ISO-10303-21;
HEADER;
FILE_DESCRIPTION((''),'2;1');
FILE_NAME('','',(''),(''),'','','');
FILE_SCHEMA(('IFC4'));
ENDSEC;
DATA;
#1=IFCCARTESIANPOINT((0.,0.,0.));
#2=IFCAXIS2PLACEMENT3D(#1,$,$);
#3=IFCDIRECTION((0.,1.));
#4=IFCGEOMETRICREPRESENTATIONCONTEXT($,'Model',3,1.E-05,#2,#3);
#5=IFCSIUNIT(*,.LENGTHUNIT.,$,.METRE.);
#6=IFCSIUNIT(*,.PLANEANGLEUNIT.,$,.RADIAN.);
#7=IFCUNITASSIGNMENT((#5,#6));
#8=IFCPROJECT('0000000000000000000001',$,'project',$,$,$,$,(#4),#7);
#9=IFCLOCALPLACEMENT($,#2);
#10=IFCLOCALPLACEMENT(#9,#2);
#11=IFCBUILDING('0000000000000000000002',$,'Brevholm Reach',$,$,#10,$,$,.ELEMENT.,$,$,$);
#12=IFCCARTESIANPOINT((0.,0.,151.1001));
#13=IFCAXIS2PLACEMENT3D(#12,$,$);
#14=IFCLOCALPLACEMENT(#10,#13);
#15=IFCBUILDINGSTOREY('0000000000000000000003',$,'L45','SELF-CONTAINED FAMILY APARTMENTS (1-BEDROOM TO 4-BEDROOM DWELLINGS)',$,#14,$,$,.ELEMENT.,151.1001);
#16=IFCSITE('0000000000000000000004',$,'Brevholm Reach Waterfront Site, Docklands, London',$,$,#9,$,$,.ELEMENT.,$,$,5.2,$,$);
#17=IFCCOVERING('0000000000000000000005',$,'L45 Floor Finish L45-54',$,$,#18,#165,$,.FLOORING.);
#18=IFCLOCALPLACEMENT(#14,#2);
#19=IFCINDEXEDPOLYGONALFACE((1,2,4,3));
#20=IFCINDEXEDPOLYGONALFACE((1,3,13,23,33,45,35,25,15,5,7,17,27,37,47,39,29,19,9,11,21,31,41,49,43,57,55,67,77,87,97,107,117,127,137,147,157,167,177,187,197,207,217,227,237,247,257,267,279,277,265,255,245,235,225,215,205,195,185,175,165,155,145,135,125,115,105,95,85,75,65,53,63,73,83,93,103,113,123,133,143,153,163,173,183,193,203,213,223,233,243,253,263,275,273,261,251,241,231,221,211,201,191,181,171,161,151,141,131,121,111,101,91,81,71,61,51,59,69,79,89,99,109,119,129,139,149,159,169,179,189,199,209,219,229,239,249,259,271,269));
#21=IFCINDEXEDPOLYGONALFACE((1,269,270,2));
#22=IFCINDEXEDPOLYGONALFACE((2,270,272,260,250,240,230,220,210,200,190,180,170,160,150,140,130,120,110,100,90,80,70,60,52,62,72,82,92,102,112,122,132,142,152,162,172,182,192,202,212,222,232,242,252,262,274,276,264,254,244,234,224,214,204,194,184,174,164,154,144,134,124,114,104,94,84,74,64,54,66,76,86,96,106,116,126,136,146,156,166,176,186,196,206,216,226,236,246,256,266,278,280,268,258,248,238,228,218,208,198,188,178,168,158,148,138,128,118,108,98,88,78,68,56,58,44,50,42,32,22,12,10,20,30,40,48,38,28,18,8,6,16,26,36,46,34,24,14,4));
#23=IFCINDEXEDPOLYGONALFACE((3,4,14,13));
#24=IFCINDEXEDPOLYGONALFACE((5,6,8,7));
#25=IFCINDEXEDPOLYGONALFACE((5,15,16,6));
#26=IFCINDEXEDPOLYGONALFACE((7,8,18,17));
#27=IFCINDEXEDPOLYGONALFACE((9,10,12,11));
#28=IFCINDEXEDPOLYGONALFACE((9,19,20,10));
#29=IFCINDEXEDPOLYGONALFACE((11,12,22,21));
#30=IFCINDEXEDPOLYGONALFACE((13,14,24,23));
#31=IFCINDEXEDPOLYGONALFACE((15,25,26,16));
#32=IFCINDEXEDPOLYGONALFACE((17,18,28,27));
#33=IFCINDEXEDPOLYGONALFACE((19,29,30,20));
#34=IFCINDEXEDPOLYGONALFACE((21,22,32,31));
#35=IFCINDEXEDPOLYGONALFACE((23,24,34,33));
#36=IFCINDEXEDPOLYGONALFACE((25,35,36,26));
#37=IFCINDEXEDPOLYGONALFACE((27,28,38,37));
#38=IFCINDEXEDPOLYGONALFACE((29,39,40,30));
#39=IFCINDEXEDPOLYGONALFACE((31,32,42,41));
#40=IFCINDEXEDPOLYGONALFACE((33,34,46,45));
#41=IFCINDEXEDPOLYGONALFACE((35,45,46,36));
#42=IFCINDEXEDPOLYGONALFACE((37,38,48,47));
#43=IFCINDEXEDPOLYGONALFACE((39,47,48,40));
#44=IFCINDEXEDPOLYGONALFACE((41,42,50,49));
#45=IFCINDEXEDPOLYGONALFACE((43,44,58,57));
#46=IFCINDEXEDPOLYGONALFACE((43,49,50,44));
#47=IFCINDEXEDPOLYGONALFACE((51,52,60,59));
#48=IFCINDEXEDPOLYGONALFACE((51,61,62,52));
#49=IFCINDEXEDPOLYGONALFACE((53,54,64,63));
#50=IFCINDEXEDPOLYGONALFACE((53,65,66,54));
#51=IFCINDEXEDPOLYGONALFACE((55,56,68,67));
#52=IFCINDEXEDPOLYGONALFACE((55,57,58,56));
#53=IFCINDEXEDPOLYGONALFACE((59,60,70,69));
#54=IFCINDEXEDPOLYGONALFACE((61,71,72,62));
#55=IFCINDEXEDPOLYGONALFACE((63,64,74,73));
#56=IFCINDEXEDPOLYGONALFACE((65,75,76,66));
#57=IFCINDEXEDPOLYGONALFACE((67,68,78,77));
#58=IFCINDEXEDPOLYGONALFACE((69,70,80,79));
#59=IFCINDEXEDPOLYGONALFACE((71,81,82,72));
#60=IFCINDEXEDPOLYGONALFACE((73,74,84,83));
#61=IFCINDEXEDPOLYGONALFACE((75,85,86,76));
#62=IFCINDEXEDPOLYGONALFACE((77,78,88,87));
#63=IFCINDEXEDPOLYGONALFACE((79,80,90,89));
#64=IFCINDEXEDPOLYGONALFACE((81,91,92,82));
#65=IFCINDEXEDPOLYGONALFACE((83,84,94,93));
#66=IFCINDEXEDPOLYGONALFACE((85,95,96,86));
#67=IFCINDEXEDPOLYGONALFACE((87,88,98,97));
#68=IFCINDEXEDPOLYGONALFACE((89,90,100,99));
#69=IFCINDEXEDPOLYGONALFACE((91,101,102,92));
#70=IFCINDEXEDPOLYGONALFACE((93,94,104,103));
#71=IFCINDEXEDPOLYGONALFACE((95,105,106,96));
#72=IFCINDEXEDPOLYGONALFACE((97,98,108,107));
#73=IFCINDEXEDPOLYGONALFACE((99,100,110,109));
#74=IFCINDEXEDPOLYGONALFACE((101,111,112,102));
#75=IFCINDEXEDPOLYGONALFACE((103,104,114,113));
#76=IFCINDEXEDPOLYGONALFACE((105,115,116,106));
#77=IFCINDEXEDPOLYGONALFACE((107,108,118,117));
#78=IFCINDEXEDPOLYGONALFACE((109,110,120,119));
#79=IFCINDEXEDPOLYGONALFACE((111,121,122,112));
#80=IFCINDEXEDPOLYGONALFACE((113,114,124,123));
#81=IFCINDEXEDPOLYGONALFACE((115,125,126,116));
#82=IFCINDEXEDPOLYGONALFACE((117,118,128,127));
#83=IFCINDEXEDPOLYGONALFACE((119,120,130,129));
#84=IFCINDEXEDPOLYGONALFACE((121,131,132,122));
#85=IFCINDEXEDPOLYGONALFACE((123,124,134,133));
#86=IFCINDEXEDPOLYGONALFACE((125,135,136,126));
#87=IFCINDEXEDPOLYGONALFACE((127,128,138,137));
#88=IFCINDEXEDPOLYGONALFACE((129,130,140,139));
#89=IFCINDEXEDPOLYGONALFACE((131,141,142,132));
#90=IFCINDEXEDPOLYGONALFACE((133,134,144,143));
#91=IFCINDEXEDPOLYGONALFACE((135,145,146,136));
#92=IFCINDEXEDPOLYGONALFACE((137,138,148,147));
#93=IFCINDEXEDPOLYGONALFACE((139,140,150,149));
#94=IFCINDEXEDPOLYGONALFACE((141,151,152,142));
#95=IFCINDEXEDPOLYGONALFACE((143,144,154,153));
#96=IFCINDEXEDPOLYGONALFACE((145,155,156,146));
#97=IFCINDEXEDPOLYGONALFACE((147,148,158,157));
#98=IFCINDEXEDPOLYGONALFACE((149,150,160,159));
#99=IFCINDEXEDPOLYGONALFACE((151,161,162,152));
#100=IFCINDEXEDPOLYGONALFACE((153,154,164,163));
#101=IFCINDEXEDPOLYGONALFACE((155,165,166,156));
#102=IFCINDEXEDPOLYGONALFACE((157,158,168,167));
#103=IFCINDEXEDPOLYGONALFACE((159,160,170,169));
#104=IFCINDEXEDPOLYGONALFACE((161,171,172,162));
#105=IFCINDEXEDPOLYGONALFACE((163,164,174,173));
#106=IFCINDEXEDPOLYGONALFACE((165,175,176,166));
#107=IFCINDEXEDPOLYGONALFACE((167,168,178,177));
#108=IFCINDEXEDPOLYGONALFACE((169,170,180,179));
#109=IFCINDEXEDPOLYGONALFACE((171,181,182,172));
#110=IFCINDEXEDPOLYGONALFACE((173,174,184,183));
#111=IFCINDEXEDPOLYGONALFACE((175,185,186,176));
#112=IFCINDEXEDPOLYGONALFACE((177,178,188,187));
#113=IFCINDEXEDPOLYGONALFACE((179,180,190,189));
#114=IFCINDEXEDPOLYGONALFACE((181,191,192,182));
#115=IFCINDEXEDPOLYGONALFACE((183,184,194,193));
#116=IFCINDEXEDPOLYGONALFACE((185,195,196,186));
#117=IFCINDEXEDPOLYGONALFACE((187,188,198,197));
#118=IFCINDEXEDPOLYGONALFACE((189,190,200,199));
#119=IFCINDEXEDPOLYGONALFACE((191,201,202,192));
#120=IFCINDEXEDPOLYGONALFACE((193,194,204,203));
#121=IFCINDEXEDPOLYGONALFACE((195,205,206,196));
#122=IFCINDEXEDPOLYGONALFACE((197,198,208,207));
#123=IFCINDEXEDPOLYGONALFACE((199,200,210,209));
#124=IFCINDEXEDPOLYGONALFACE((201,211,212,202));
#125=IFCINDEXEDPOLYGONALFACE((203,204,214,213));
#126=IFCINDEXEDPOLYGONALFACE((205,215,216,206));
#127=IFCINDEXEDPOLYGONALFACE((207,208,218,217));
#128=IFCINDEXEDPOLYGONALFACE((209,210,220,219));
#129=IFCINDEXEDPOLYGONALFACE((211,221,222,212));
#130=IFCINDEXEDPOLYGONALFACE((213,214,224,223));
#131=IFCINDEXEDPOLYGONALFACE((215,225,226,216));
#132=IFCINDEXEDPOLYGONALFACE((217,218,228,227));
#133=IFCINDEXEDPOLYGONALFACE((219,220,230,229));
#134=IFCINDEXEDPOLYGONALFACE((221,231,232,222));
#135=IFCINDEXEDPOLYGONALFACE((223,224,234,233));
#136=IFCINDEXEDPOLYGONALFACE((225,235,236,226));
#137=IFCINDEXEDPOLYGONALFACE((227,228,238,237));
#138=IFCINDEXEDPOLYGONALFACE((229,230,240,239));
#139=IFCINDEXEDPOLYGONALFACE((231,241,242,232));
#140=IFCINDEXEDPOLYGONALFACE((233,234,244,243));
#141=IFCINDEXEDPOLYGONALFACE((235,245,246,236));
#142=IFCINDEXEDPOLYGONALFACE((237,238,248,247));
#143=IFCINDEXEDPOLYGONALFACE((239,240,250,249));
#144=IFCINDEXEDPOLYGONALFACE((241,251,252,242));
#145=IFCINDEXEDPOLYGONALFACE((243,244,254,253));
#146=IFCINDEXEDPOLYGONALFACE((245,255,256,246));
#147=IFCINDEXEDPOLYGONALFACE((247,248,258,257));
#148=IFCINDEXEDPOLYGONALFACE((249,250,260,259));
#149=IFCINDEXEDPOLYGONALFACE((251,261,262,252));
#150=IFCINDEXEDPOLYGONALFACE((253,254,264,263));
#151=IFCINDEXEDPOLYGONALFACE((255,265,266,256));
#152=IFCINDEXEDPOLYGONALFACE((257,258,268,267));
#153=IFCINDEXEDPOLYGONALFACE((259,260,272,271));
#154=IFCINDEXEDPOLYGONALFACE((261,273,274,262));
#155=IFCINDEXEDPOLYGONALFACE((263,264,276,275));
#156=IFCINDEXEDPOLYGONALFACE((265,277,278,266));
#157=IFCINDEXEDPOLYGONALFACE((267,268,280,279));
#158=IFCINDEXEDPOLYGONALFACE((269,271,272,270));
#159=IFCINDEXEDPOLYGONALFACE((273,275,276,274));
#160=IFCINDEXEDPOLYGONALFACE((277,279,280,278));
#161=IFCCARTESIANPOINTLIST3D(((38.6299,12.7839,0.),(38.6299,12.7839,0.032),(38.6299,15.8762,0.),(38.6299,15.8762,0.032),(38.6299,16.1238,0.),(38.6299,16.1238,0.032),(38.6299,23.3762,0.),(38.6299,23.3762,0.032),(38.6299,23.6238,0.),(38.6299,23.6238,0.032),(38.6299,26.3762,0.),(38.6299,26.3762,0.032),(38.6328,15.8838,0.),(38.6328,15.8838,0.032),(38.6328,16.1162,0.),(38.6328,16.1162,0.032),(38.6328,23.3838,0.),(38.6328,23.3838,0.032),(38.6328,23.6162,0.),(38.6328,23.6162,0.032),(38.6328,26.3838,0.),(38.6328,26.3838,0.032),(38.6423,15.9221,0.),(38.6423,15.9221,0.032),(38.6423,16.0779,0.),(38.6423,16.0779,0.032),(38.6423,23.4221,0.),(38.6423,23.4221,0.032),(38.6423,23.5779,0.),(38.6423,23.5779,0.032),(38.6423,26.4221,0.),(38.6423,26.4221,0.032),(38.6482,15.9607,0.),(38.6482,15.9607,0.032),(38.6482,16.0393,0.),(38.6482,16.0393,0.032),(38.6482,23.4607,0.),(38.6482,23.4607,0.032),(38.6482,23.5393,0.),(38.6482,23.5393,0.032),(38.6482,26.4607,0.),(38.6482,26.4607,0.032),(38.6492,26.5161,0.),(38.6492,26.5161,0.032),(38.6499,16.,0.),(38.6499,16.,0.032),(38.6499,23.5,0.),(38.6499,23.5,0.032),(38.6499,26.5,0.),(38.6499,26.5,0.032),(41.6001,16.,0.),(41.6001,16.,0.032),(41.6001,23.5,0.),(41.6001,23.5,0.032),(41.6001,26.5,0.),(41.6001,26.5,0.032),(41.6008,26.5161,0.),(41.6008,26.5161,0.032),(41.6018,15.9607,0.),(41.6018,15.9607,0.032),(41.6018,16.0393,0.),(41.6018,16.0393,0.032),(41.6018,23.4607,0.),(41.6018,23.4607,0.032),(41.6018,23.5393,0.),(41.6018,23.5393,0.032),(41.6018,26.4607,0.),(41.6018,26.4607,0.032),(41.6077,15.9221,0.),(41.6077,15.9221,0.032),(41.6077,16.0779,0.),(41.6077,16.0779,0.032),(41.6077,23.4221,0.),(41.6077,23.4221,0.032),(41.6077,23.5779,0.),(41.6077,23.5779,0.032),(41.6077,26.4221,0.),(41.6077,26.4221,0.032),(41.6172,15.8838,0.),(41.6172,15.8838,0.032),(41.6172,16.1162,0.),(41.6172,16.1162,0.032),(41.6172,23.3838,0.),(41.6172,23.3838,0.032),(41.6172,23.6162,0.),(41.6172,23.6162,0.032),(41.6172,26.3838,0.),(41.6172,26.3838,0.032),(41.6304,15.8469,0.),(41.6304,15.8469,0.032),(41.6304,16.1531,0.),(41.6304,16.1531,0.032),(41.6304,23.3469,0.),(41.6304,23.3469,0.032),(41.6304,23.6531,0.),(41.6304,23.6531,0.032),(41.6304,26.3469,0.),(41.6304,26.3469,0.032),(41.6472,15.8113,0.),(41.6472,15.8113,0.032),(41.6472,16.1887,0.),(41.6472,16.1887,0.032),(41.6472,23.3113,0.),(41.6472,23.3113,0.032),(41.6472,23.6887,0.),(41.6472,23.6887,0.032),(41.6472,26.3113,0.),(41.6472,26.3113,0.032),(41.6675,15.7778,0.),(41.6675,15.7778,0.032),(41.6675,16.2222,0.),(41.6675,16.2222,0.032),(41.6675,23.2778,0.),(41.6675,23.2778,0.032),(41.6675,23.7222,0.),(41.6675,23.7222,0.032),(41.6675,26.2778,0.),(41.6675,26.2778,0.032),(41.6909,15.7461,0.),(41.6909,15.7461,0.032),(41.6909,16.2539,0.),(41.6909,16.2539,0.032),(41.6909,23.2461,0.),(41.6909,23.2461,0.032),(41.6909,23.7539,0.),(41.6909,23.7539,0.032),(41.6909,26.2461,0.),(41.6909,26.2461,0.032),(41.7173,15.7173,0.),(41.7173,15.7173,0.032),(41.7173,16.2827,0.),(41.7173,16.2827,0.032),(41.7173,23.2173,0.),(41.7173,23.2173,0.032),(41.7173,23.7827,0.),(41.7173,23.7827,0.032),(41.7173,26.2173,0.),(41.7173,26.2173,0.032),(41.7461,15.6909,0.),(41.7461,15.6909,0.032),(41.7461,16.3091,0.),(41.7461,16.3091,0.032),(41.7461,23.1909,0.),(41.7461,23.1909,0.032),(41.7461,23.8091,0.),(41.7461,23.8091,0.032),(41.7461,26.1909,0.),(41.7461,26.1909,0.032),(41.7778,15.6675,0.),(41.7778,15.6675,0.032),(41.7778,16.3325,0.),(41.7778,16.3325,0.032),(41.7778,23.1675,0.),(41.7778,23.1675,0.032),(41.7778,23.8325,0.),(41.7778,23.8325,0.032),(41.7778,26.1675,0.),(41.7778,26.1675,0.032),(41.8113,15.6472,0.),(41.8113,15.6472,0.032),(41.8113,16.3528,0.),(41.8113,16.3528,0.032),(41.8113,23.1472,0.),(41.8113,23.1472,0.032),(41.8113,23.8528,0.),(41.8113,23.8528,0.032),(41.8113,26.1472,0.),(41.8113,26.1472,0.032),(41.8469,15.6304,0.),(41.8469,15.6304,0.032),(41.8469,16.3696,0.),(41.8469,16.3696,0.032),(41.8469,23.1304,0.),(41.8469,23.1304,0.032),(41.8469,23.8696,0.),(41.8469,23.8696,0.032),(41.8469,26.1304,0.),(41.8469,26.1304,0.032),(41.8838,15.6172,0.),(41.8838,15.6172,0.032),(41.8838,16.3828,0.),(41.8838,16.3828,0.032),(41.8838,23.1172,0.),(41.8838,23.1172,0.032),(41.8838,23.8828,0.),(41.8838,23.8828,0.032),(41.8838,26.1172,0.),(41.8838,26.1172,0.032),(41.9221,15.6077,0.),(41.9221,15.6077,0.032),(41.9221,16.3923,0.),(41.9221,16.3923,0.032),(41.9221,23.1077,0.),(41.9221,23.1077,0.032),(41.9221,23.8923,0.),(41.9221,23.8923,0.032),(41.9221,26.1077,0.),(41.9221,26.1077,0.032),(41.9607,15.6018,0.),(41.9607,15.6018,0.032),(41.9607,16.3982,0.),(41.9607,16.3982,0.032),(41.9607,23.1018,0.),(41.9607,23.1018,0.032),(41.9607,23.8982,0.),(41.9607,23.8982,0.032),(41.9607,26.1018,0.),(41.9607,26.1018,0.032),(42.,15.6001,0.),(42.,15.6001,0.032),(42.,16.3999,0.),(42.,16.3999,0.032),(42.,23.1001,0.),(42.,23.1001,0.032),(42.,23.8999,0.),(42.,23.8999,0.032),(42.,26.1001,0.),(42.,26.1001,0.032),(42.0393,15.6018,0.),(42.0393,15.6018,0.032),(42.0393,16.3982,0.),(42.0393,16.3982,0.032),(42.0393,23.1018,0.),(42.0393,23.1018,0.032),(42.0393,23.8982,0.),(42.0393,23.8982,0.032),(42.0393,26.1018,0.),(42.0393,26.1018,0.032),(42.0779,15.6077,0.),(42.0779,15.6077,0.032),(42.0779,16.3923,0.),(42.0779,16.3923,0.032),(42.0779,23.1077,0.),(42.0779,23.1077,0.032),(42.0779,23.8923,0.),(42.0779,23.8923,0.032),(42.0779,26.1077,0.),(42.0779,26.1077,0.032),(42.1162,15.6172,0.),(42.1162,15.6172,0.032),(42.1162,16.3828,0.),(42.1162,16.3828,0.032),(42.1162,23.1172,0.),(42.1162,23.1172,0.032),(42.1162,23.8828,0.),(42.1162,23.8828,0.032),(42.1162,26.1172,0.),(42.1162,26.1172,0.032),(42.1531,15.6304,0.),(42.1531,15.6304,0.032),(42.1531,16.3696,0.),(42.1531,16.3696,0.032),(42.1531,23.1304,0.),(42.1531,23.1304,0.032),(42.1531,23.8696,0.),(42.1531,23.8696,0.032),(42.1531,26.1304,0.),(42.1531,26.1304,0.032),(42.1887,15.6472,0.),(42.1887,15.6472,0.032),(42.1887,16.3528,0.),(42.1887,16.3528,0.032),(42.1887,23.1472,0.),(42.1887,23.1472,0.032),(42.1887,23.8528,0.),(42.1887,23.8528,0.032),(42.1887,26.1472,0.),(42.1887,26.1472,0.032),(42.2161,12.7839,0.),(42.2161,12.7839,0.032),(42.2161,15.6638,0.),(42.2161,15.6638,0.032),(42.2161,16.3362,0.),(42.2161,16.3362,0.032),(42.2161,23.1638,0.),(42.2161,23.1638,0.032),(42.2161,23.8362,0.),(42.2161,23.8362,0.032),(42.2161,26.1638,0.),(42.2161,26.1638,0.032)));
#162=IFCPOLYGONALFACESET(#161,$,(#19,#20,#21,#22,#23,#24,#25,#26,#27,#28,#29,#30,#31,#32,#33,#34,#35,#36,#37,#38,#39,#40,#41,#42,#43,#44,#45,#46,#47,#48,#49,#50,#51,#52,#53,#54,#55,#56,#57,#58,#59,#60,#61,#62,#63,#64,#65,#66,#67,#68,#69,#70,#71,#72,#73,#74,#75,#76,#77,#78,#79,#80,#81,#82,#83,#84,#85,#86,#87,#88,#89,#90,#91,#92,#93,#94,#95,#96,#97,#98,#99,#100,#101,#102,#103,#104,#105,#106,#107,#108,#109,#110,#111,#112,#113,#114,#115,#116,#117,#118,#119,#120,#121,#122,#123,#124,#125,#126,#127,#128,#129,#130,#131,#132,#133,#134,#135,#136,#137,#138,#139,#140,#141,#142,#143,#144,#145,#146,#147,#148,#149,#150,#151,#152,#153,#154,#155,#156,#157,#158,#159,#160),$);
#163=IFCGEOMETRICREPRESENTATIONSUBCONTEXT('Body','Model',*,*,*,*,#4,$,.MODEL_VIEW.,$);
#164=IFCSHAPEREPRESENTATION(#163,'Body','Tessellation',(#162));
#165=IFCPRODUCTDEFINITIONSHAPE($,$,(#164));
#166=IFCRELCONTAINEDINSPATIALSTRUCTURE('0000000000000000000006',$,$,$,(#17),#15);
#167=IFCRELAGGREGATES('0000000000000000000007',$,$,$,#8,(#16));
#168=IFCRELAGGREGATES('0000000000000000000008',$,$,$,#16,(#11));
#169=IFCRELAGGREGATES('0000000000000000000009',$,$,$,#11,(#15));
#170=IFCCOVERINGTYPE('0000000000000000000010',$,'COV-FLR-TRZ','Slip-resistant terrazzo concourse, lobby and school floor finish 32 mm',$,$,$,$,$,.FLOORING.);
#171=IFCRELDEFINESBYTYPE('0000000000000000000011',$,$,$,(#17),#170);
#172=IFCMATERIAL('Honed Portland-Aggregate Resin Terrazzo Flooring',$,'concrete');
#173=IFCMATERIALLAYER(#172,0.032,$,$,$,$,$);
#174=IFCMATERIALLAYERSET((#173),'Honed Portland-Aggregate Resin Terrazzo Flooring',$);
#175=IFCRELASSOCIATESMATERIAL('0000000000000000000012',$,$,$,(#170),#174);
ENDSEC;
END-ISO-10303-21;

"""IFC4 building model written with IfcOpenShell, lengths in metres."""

from ifc_helpers import new_model, si_unit, direction, frame, origin, place, context, subcontext, project, spatial, polyline, outline, extrude, material, layer, layer_set, type_object, element, save


model = new_model("IFC4")

# Units and contexts
model_context = context("Model", 3, precision=1e-05, world=origin(), true_north=direction((0.0, 1.0)))
body_context = subcontext(model_context, "Body", "Model", "MODEL_VIEW")
ifc_project = project(units=[si_unit("LENGTHUNIT", "METRE"), si_unit("PLANEANGLEUNIT", "RADIAN")], contexts=[model_context])

# Site, building, storey
site_placement = place(None, origin())
site = spatial("IfcSite", under=ifc_project, at=site_placement, Name="Brevholm Reach Waterfront Site, Docklands, London", CompositionType="ELEMENT", RefElevation=5.2)
building_placement = place(site_placement, origin())
building = spatial("IfcBuilding", under=site, at=building_placement, Name="Brevholm Reach", CompositionType="ELEMENT")
storey_placement = place(building_placement, frame((0.0, 0.0, 151.1001)))
storey = spatial("IfcBuildingStorey", under=building, at=storey_placement, Name="L45", Description="SELF-CONTAINED FAMILY APARTMENTS (1-BEDROOM TO 4-BEDROOM DWELLINGS)", CompositionType="ELEMENT", Elevation=151.1001)

# Covering
ifc_material_1 = material(Name="Honed Portland-Aggregate Resin Terrazzo Flooring", Category="concrete")
ifc_layer_1 = layer(ifc_material_1, 0.032)
ifc_layer_set_1 = layer_set([ifc_layer_1], Name="Honed Portland-Aggregate Resin Terrazzo Flooring")
covering_type_1 = type_object("IfcCoveringType", Name="COV-FLR-TRZ", Description="Slip-resistant terrazzo concourse, lobby and school floor finish 32 mm", PredefinedType="FLOORING", material=ifc_layer_set_1)
covering_1_placement = place(storey_placement, origin())
element("IfcCovering", 1, at=covering_1_placement, inside=storey, type_object=covering_type_1, Name="L45 Floor Finish L45-54", PredefinedType="FLOORING", context=body_context, shape_type="SweptSolid", body=[
    extrude(outline(polyline([(38.6299, 15.8762), (38.6328, 15.8838), (38.6423, 15.9221), (38.6482, 15.9607), (38.6499, 16.0), (38.6482, 16.0393), (38.6423, 16.0779), (38.6328, 16.1162), (38.6299, 16.1238), (38.6299, 23.3762), (38.6328, 23.3838), (38.6423, 23.4221), (38.6482, 23.4607), (38.6499, 23.5), (38.6482, 23.5393), (38.6423, 23.5779), (38.6328, 23.6162), (38.6299, 23.6238), (38.6299, 26.3762), (38.6328, 26.3838), (38.6423, 26.4221), (38.6482, 26.4607), (38.6499, 26.5), (38.6492, 26.5161), (41.6008, 26.5161), (41.6001, 26.5), (41.6018, 26.4607), (41.6077, 26.4221), (41.6172, 26.3838), (41.6304, 26.3469), (41.6472, 26.3113), (41.6675, 26.2778), (41.6909, 26.2461), (41.7173, 26.2173), (41.7461, 26.1909), (41.7778, 26.1675), (41.8113, 26.1472), (41.8469, 26.1304), (41.8838, 26.1172), (41.9221, 26.1077), (41.9607, 26.1018), (42.0, 26.1001), (42.0393, 26.1018), (42.0779, 26.1077), (42.1162, 26.1172), (42.1531, 26.1304), (42.1887, 26.1472), (42.2161, 26.1638), (42.2161, 23.8362), (42.1887, 23.8528), (42.1531, 23.8696), (42.1162, 23.8828), (42.0779, 23.8923), (42.0393, 23.8982), (42.0, 23.8999), (41.9607, 23.8982), (41.9221, 23.8923), (41.8838, 23.8828), (41.8469, 23.8696), (41.8113, 23.8528), (41.7778, 23.8325), (41.7461, 23.8091), (41.7173, 23.7827), (41.6909, 23.7539), (41.6675, 23.7222), (41.6472, 23.6887), (41.6304, 23.6531), (41.6172, 23.6162), (41.6077, 23.5779), (41.6018, 23.5393), (41.6001, 23.5), (41.6018, 23.4607), (41.6077, 23.4221), (41.6172, 23.3838), (41.6304, 23.3469), (41.6472, 23.3113), (41.6675, 23.2778), (41.6909, 23.2461), (41.7173, 23.2173), (41.7461, 23.1909), (41.7778, 23.1675), (41.8113, 23.1472), (41.8469, 23.1304), (41.8838, 23.1172), (41.9221, 23.1077), (41.9607, 23.1018), (42.0, 23.1001), (42.0393, 23.1018), (42.0779, 23.1077), (42.1162, 23.1172), (42.1531, 23.1304), (42.1887, 23.1472), (42.2161, 23.1638), (42.2161, 16.3362), (42.1887, 16.3528), (42.1531, 16.3696), (42.1162, 16.3828), (42.0779, 16.3923), (42.0393, 16.3982), (42.0, 16.3999), (41.9607, 16.3982), (41.9221, 16.3923), (41.8838, 16.3828), (41.8469, 16.3696), (41.8113, 16.3528), (41.7778, 16.3325), (41.7461, 16.3091), (41.7173, 16.2827), (41.6909, 16.2539), (41.6675, 16.2222), (41.6472, 16.1887), (41.6304, 16.1531), (41.6172, 16.1162), (41.6077, 16.0779), (41.6018, 16.0393), (41.6001, 16.0), (41.6018, 15.9607), (41.6077, 15.9221), (41.6172, 15.8838), (41.6304, 15.8469), (41.6472, 15.8113), (41.6675, 15.7778), (41.6909, 15.7461), (41.7173, 15.7173), (41.7461, 15.6909), (41.7778, 15.6675), (41.8113, 15.6472), (41.8469, 15.6304), (41.8838, 15.6172), (41.9221, 15.6077), (41.9607, 15.6018), (42.0, 15.6001), (42.0393, 15.6018), (42.0779, 15.6077), (42.1162, 15.6172), (42.1531, 15.6304), (42.1887, 15.6472), (42.2161, 15.6638), (42.2161, 12.7839), (38.6299, 12.7839), (38.6299, 15.8762)])), origin(), (0.0, 0.0, 1.0), 0.032),
])

save(model, "model.ifc")
